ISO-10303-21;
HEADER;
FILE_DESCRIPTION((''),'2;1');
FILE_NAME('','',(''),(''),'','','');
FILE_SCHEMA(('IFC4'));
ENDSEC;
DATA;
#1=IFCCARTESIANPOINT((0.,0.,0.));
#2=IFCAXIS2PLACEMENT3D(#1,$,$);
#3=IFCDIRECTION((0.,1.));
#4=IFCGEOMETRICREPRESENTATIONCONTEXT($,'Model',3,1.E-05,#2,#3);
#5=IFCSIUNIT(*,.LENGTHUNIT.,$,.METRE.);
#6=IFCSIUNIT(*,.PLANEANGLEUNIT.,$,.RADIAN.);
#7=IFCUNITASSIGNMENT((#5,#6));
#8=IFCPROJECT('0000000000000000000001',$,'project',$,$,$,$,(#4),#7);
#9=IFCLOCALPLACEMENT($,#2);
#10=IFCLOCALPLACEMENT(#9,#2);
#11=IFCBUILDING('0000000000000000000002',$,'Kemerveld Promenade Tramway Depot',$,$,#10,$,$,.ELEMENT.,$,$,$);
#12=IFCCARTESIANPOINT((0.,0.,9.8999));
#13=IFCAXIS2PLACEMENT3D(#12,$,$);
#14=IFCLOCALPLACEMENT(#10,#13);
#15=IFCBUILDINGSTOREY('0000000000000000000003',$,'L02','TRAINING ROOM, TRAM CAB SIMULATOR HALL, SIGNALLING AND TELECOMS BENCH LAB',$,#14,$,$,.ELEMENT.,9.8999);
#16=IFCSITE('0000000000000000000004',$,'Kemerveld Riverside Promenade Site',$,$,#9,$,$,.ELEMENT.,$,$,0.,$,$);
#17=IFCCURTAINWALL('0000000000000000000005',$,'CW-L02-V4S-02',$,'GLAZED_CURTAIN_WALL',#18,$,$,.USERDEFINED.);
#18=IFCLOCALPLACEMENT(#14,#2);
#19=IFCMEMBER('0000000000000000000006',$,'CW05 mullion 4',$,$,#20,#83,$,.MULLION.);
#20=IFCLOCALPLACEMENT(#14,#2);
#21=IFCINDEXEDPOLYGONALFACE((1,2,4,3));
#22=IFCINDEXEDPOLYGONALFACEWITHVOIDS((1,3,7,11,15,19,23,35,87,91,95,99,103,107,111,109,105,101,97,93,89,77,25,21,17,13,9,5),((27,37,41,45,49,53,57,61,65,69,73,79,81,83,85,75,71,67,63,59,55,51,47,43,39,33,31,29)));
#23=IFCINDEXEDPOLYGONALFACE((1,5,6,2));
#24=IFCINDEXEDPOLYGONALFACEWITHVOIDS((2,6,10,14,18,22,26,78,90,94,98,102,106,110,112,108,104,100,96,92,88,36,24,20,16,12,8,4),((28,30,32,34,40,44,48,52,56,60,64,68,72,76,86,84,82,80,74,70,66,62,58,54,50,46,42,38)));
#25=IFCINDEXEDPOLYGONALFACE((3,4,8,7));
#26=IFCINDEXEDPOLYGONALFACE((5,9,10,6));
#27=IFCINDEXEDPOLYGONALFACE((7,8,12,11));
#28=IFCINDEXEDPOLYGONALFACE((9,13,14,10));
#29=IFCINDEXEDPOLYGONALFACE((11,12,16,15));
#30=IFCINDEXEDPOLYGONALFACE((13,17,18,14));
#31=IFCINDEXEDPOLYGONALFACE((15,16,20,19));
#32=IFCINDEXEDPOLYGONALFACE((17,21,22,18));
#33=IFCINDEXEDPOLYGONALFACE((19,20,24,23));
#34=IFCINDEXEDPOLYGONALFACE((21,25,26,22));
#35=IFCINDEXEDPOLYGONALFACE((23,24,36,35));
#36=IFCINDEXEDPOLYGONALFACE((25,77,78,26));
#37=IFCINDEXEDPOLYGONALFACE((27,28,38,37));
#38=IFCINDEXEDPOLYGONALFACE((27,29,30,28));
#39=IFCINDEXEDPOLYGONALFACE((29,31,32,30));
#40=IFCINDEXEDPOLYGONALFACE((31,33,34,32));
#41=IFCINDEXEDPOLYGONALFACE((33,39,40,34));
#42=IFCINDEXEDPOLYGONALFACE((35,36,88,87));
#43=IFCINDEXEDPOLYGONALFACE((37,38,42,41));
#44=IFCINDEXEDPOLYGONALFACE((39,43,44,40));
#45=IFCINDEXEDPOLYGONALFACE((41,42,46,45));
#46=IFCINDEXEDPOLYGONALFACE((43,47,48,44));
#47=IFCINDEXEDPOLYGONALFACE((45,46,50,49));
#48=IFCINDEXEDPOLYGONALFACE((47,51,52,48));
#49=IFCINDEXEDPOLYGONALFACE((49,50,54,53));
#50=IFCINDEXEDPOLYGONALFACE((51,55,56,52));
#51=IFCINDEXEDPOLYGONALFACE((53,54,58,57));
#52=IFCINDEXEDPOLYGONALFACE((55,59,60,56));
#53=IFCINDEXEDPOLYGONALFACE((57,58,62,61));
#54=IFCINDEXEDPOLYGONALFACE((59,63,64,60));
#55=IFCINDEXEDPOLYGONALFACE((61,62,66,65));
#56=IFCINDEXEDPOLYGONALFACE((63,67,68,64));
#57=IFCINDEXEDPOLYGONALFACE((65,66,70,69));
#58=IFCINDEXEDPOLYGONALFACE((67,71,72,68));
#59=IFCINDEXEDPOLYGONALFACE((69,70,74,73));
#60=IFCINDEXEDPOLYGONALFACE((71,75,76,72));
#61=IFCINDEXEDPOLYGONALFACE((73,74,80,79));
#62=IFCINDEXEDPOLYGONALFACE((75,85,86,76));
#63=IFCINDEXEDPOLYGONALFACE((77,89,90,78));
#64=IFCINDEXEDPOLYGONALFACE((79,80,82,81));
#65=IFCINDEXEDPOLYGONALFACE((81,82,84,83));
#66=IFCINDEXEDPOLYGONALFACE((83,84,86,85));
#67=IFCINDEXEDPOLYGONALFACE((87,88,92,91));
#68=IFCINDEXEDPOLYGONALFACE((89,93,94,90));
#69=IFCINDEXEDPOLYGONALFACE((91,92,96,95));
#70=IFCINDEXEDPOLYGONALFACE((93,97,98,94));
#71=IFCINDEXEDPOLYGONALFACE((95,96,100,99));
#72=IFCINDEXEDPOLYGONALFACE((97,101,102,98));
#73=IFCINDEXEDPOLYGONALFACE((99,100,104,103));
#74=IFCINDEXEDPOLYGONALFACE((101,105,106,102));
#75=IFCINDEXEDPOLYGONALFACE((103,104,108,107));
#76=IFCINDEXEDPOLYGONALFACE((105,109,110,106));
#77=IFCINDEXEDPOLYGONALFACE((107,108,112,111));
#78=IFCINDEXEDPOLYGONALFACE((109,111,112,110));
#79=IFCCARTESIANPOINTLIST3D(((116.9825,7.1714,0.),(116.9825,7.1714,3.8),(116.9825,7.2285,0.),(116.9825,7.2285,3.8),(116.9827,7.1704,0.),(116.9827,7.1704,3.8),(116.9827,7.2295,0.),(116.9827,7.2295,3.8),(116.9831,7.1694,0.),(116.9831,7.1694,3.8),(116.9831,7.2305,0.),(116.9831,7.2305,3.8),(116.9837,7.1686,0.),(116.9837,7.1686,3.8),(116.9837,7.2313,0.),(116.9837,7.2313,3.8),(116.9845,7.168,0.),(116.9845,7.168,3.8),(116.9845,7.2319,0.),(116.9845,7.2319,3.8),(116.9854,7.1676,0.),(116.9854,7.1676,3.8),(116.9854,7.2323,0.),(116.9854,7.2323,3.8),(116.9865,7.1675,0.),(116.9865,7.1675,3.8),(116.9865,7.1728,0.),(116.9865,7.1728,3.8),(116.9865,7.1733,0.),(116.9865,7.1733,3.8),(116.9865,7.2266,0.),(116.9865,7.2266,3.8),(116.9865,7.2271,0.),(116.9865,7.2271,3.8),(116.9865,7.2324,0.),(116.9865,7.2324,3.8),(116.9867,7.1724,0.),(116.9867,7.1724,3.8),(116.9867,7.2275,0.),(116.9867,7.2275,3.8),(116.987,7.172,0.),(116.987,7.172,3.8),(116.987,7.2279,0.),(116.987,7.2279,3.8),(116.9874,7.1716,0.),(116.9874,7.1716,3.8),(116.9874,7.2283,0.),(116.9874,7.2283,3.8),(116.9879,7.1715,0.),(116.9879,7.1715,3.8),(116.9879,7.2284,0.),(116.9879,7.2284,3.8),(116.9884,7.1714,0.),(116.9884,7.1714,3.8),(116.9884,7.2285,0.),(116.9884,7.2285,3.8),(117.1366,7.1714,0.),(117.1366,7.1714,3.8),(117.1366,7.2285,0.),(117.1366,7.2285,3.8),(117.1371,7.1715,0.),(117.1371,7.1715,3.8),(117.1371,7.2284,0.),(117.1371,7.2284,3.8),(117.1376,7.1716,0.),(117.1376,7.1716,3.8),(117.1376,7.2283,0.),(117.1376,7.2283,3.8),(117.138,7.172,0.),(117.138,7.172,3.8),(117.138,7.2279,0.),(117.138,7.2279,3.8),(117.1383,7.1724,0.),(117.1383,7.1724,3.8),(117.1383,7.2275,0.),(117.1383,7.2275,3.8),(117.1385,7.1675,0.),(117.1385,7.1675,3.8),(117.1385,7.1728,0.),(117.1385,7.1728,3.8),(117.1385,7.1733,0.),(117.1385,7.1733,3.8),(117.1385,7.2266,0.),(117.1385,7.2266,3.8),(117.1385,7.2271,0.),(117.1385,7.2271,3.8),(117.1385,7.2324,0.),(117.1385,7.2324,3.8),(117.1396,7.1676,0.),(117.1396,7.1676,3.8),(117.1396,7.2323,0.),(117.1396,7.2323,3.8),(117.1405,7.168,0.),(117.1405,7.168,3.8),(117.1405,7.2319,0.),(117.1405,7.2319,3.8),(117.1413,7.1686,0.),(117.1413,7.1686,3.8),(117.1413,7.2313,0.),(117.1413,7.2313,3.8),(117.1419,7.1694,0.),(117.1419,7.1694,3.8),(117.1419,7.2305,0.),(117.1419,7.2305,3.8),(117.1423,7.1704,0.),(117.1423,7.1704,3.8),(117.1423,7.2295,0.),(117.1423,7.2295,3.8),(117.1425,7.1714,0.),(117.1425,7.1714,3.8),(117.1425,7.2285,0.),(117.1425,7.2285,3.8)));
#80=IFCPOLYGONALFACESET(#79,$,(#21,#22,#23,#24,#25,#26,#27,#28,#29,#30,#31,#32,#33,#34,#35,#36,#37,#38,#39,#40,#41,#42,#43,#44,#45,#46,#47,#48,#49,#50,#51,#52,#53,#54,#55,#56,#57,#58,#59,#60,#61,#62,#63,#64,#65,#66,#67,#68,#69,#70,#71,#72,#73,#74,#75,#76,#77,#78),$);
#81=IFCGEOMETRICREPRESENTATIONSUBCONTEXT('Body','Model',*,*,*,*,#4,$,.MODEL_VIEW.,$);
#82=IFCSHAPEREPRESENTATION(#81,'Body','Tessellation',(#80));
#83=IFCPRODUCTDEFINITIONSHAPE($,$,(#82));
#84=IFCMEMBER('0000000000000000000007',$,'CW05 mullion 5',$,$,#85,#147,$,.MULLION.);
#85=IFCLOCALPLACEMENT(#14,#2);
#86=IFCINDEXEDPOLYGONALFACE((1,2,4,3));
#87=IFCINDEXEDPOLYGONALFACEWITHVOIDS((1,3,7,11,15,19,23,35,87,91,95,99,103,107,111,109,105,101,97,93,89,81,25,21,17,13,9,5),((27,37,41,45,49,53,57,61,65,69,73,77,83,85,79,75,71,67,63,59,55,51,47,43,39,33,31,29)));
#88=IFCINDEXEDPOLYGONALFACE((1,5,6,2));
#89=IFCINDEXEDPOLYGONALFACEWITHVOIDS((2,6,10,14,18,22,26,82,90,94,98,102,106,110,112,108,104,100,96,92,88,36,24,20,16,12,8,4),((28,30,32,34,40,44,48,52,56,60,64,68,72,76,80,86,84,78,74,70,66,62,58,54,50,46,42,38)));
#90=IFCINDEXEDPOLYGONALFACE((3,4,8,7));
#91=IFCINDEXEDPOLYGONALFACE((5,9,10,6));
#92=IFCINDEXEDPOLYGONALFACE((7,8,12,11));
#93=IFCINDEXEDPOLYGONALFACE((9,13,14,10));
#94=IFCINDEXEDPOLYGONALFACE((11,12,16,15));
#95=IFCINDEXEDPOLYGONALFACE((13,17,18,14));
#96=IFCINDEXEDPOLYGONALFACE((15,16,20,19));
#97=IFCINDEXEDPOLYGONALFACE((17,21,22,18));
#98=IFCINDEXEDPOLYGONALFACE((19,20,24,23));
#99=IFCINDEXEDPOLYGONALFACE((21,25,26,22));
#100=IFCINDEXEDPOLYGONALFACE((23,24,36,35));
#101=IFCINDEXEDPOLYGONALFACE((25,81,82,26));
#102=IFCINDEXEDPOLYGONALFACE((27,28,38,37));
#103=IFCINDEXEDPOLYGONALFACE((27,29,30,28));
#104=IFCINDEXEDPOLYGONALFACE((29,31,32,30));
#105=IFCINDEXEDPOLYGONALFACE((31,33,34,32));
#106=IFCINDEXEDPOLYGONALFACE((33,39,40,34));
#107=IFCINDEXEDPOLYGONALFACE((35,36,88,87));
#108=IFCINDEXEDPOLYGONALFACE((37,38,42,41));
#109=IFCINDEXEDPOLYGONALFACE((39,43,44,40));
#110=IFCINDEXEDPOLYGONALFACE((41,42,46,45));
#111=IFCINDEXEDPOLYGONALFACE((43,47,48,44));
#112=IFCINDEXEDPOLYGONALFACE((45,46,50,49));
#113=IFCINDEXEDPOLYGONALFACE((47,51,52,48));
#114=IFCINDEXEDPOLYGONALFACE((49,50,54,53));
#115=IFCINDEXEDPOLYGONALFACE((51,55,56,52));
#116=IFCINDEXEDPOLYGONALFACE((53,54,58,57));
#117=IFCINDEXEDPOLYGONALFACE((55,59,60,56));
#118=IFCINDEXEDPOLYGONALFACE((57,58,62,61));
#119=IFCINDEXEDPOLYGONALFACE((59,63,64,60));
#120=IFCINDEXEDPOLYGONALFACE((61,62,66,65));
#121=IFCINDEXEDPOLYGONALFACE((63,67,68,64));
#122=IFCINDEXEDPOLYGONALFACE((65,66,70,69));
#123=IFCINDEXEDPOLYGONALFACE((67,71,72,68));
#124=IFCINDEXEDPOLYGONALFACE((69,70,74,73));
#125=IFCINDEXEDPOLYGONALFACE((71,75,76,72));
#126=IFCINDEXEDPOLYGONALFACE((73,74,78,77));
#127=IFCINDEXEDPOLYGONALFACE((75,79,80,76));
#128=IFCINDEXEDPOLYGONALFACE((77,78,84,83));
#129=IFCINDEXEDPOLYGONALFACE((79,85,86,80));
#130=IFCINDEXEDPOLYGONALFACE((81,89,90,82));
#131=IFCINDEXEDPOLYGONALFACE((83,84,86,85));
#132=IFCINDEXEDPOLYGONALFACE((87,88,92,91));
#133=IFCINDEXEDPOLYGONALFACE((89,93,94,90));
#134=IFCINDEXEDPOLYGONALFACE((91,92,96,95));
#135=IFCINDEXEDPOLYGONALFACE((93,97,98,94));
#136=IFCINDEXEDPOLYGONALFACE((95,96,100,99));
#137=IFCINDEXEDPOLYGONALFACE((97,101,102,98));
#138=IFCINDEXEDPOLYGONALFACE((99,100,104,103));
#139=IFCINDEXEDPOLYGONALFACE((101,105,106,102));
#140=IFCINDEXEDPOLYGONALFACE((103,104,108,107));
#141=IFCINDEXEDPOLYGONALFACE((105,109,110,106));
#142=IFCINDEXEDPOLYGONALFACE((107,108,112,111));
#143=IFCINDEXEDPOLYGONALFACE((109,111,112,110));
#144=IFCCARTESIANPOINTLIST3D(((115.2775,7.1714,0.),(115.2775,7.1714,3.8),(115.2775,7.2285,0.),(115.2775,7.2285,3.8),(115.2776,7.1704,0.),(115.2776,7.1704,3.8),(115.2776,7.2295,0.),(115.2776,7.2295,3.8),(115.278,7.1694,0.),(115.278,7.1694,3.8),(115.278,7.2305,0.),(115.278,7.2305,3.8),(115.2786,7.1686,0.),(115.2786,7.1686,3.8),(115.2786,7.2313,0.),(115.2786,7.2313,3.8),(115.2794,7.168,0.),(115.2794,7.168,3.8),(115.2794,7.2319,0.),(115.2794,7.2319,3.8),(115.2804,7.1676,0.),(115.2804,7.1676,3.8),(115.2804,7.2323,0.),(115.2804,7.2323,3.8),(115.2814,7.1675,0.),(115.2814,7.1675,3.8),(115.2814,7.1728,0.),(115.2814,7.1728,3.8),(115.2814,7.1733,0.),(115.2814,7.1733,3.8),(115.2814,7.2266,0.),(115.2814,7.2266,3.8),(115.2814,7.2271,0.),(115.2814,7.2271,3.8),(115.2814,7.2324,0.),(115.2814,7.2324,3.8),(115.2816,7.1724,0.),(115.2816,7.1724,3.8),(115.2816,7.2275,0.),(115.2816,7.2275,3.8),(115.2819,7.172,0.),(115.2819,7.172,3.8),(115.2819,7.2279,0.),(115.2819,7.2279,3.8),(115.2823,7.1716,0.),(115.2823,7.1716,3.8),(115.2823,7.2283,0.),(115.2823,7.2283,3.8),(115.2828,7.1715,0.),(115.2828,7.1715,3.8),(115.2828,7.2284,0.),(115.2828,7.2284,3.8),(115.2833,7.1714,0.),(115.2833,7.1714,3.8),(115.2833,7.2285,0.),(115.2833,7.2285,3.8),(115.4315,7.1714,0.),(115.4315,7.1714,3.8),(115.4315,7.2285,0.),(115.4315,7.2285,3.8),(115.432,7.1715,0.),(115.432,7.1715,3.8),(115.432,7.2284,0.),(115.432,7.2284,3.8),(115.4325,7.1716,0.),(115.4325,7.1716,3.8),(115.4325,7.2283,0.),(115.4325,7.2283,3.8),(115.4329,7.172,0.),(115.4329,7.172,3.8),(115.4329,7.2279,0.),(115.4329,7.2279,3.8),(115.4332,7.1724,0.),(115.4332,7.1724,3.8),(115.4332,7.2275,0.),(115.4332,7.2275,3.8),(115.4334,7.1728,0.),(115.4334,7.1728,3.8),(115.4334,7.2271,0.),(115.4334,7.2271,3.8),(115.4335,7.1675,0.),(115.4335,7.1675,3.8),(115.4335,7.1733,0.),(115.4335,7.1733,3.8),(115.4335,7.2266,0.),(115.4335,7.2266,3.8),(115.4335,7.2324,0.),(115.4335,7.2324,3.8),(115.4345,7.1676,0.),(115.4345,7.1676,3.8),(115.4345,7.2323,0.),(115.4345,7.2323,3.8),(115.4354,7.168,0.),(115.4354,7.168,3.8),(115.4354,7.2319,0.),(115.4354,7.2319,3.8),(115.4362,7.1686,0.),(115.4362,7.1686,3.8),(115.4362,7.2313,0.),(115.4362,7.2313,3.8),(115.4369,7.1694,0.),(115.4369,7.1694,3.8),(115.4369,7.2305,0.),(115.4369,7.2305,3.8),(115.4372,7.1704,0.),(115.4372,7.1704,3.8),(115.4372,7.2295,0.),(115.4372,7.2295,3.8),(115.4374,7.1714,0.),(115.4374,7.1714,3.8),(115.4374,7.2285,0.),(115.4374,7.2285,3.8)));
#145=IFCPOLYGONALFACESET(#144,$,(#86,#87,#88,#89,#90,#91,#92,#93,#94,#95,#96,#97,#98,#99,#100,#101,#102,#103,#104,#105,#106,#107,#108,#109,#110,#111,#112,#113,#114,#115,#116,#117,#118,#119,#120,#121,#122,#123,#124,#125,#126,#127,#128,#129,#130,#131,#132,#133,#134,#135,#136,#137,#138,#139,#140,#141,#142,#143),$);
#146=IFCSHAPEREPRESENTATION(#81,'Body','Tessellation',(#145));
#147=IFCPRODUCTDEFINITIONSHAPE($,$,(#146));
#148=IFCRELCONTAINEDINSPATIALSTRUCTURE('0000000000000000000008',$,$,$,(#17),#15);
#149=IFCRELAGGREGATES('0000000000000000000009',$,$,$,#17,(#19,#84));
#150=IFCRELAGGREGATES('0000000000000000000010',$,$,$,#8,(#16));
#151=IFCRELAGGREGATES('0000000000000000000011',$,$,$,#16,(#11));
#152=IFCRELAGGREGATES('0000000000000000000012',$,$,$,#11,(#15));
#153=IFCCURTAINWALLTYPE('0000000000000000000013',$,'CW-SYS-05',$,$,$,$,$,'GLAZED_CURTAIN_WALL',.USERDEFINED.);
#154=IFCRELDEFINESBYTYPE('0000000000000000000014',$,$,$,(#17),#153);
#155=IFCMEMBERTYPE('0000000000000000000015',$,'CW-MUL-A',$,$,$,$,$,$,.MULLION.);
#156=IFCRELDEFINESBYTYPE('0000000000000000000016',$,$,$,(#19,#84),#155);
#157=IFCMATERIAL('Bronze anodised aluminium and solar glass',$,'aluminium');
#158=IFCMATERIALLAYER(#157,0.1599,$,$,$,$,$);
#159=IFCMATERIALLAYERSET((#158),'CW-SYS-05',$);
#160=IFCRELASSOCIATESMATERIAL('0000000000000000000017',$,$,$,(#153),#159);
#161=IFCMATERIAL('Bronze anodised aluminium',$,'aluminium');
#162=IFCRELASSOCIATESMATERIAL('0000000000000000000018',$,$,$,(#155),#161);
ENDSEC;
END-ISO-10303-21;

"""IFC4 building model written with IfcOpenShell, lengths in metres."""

from ifc_helpers import new_model, si_unit, direction, frame, origin, origin_2d, place, context, subcontext, project, spatial, hollow_rectangle, extrude, material, layer, layer_set, material_profile, profile_set, type_object, element, aggregate, save


model = new_model("IFC4")

# Units and contexts
model_context = context("Model", 3, precision=1e-05, world=origin(), true_north=direction((0.0, 1.0)))
body_context = subcontext(model_context, "Body", "Model", "MODEL_VIEW")
ifc_project = project(units=[si_unit("LENGTHUNIT", "METRE"), si_unit("PLANEANGLEUNIT", "RADIAN")], contexts=[model_context])

# Site, building, storey
site_placement = place(None, origin())
site = spatial("IfcSite", under=ifc_project, at=site_placement, Name="Kemerveld Riverside Promenade Site", CompositionType="ELEMENT", RefElevation=0.0)
building_placement = place(site_placement, origin())
building = spatial("IfcBuilding", under=site, at=building_placement, Name="Kemerveld Promenade Tramway Depot", CompositionType="ELEMENT")
storey_placement = place(building_placement, frame((0.0, 0.0, 9.8999)))
storey = spatial("IfcBuildingStorey", under=building, at=storey_placement, Name="L02", Description="TRAINING ROOM, TRAM CAB SIMULATOR HALL, SIGNALLING AND TELECOMS BENCH LAB", CompositionType="ELEMENT", Elevation=9.8999)

# Curtain wall, members
ifc_material_1 = material(Name="Bronze anodised aluminium and solar glass", Category="aluminium")
ifc_layer_1 = layer(ifc_material_1, 0.1599)
ifc_layer_set_1 = layer_set([ifc_layer_1], Name="CW-SYS-05")
curtain_wall_type_1 = type_object("IfcCurtainWallType", Name="CW-SYS-05", ElementType="GLAZED_CURTAIN_WALL", PredefinedType="USERDEFINED", material=ifc_layer_set_1)
curtain_wall_1_placement = place(storey_placement, origin())
curtain_wall_1 = element("IfcCurtainWall", 1, at=curtain_wall_1_placement, inside=storey, type_object=curtain_wall_type_1, Name="CW-L02-V4S-02", ObjectType="GLAZED_CURTAIN_WALL", PredefinedType="USERDEFINED")
ifc_material_2 = material(Name="Bronze anodised aluminium", Category="aluminium")
ifc_material_profile_1 = material_profile(ifc_material_2, hollow_rectangle(XDim=0.0649, YDim=0.1599, WallThickness=0.0039, InnerFilletRadius=0.002, OuterFilletRadius=0.0039, at=origin_2d()), Name="CW-MUL-160x65")
ifc_profile_set_1 = profile_set([ifc_material_profile_1], Name="Bronze anodised aluminium")
member_type_1 = type_object("IfcMemberType", Name="CW-MUL-A", PredefinedType="MULLION", material=ifc_profile_set_1)
member_1_placement = place(storey_placement, frame((117.0625, 7.2, 0.0), z_axis=(0.0, 0.0, 1.0), x_axis=(0.0, -1.0, 0.0)))
member_1 = element("IfcMember", 2, at=member_1_placement, type_object=member_type_1, Name="CW05 mullion 4", PredefinedType="MULLION", context=body_context, shape_type="SweptSolid", body=[
    extrude(hollow_rectangle(XDim=0.0649, YDim=0.1599, WallThickness=0.0039, InnerFilletRadius=0.002, OuterFilletRadius=0.0039, at=origin_2d()), origin(), (0.0, 0.0, 1.0), 3.8),
])
member_2_placement = place(storey_placement, frame((115.3574, 7.2, 0.0), z_axis=(0.0, 0.0, 1.0), x_axis=(0.0, -1.0, 0.0)))
member_2 = element("IfcMember", 3, at=member_2_placement, type_object=member_type_1, Name="CW05 mullion 5", PredefinedType="MULLION", context=body_context, shape_type="SweptSolid", body=[
    extrude(hollow_rectangle(XDim=0.0649, YDim=0.1599, WallThickness=0.0039, InnerFilletRadius=0.002, OuterFilletRadius=0.0039, at=origin_2d()), origin(), (0.0, 0.0, 1.0), 3.8),
])

aggregate(curtain_wall_1, [member_1, member_2])

save(model, "model.ifc")
